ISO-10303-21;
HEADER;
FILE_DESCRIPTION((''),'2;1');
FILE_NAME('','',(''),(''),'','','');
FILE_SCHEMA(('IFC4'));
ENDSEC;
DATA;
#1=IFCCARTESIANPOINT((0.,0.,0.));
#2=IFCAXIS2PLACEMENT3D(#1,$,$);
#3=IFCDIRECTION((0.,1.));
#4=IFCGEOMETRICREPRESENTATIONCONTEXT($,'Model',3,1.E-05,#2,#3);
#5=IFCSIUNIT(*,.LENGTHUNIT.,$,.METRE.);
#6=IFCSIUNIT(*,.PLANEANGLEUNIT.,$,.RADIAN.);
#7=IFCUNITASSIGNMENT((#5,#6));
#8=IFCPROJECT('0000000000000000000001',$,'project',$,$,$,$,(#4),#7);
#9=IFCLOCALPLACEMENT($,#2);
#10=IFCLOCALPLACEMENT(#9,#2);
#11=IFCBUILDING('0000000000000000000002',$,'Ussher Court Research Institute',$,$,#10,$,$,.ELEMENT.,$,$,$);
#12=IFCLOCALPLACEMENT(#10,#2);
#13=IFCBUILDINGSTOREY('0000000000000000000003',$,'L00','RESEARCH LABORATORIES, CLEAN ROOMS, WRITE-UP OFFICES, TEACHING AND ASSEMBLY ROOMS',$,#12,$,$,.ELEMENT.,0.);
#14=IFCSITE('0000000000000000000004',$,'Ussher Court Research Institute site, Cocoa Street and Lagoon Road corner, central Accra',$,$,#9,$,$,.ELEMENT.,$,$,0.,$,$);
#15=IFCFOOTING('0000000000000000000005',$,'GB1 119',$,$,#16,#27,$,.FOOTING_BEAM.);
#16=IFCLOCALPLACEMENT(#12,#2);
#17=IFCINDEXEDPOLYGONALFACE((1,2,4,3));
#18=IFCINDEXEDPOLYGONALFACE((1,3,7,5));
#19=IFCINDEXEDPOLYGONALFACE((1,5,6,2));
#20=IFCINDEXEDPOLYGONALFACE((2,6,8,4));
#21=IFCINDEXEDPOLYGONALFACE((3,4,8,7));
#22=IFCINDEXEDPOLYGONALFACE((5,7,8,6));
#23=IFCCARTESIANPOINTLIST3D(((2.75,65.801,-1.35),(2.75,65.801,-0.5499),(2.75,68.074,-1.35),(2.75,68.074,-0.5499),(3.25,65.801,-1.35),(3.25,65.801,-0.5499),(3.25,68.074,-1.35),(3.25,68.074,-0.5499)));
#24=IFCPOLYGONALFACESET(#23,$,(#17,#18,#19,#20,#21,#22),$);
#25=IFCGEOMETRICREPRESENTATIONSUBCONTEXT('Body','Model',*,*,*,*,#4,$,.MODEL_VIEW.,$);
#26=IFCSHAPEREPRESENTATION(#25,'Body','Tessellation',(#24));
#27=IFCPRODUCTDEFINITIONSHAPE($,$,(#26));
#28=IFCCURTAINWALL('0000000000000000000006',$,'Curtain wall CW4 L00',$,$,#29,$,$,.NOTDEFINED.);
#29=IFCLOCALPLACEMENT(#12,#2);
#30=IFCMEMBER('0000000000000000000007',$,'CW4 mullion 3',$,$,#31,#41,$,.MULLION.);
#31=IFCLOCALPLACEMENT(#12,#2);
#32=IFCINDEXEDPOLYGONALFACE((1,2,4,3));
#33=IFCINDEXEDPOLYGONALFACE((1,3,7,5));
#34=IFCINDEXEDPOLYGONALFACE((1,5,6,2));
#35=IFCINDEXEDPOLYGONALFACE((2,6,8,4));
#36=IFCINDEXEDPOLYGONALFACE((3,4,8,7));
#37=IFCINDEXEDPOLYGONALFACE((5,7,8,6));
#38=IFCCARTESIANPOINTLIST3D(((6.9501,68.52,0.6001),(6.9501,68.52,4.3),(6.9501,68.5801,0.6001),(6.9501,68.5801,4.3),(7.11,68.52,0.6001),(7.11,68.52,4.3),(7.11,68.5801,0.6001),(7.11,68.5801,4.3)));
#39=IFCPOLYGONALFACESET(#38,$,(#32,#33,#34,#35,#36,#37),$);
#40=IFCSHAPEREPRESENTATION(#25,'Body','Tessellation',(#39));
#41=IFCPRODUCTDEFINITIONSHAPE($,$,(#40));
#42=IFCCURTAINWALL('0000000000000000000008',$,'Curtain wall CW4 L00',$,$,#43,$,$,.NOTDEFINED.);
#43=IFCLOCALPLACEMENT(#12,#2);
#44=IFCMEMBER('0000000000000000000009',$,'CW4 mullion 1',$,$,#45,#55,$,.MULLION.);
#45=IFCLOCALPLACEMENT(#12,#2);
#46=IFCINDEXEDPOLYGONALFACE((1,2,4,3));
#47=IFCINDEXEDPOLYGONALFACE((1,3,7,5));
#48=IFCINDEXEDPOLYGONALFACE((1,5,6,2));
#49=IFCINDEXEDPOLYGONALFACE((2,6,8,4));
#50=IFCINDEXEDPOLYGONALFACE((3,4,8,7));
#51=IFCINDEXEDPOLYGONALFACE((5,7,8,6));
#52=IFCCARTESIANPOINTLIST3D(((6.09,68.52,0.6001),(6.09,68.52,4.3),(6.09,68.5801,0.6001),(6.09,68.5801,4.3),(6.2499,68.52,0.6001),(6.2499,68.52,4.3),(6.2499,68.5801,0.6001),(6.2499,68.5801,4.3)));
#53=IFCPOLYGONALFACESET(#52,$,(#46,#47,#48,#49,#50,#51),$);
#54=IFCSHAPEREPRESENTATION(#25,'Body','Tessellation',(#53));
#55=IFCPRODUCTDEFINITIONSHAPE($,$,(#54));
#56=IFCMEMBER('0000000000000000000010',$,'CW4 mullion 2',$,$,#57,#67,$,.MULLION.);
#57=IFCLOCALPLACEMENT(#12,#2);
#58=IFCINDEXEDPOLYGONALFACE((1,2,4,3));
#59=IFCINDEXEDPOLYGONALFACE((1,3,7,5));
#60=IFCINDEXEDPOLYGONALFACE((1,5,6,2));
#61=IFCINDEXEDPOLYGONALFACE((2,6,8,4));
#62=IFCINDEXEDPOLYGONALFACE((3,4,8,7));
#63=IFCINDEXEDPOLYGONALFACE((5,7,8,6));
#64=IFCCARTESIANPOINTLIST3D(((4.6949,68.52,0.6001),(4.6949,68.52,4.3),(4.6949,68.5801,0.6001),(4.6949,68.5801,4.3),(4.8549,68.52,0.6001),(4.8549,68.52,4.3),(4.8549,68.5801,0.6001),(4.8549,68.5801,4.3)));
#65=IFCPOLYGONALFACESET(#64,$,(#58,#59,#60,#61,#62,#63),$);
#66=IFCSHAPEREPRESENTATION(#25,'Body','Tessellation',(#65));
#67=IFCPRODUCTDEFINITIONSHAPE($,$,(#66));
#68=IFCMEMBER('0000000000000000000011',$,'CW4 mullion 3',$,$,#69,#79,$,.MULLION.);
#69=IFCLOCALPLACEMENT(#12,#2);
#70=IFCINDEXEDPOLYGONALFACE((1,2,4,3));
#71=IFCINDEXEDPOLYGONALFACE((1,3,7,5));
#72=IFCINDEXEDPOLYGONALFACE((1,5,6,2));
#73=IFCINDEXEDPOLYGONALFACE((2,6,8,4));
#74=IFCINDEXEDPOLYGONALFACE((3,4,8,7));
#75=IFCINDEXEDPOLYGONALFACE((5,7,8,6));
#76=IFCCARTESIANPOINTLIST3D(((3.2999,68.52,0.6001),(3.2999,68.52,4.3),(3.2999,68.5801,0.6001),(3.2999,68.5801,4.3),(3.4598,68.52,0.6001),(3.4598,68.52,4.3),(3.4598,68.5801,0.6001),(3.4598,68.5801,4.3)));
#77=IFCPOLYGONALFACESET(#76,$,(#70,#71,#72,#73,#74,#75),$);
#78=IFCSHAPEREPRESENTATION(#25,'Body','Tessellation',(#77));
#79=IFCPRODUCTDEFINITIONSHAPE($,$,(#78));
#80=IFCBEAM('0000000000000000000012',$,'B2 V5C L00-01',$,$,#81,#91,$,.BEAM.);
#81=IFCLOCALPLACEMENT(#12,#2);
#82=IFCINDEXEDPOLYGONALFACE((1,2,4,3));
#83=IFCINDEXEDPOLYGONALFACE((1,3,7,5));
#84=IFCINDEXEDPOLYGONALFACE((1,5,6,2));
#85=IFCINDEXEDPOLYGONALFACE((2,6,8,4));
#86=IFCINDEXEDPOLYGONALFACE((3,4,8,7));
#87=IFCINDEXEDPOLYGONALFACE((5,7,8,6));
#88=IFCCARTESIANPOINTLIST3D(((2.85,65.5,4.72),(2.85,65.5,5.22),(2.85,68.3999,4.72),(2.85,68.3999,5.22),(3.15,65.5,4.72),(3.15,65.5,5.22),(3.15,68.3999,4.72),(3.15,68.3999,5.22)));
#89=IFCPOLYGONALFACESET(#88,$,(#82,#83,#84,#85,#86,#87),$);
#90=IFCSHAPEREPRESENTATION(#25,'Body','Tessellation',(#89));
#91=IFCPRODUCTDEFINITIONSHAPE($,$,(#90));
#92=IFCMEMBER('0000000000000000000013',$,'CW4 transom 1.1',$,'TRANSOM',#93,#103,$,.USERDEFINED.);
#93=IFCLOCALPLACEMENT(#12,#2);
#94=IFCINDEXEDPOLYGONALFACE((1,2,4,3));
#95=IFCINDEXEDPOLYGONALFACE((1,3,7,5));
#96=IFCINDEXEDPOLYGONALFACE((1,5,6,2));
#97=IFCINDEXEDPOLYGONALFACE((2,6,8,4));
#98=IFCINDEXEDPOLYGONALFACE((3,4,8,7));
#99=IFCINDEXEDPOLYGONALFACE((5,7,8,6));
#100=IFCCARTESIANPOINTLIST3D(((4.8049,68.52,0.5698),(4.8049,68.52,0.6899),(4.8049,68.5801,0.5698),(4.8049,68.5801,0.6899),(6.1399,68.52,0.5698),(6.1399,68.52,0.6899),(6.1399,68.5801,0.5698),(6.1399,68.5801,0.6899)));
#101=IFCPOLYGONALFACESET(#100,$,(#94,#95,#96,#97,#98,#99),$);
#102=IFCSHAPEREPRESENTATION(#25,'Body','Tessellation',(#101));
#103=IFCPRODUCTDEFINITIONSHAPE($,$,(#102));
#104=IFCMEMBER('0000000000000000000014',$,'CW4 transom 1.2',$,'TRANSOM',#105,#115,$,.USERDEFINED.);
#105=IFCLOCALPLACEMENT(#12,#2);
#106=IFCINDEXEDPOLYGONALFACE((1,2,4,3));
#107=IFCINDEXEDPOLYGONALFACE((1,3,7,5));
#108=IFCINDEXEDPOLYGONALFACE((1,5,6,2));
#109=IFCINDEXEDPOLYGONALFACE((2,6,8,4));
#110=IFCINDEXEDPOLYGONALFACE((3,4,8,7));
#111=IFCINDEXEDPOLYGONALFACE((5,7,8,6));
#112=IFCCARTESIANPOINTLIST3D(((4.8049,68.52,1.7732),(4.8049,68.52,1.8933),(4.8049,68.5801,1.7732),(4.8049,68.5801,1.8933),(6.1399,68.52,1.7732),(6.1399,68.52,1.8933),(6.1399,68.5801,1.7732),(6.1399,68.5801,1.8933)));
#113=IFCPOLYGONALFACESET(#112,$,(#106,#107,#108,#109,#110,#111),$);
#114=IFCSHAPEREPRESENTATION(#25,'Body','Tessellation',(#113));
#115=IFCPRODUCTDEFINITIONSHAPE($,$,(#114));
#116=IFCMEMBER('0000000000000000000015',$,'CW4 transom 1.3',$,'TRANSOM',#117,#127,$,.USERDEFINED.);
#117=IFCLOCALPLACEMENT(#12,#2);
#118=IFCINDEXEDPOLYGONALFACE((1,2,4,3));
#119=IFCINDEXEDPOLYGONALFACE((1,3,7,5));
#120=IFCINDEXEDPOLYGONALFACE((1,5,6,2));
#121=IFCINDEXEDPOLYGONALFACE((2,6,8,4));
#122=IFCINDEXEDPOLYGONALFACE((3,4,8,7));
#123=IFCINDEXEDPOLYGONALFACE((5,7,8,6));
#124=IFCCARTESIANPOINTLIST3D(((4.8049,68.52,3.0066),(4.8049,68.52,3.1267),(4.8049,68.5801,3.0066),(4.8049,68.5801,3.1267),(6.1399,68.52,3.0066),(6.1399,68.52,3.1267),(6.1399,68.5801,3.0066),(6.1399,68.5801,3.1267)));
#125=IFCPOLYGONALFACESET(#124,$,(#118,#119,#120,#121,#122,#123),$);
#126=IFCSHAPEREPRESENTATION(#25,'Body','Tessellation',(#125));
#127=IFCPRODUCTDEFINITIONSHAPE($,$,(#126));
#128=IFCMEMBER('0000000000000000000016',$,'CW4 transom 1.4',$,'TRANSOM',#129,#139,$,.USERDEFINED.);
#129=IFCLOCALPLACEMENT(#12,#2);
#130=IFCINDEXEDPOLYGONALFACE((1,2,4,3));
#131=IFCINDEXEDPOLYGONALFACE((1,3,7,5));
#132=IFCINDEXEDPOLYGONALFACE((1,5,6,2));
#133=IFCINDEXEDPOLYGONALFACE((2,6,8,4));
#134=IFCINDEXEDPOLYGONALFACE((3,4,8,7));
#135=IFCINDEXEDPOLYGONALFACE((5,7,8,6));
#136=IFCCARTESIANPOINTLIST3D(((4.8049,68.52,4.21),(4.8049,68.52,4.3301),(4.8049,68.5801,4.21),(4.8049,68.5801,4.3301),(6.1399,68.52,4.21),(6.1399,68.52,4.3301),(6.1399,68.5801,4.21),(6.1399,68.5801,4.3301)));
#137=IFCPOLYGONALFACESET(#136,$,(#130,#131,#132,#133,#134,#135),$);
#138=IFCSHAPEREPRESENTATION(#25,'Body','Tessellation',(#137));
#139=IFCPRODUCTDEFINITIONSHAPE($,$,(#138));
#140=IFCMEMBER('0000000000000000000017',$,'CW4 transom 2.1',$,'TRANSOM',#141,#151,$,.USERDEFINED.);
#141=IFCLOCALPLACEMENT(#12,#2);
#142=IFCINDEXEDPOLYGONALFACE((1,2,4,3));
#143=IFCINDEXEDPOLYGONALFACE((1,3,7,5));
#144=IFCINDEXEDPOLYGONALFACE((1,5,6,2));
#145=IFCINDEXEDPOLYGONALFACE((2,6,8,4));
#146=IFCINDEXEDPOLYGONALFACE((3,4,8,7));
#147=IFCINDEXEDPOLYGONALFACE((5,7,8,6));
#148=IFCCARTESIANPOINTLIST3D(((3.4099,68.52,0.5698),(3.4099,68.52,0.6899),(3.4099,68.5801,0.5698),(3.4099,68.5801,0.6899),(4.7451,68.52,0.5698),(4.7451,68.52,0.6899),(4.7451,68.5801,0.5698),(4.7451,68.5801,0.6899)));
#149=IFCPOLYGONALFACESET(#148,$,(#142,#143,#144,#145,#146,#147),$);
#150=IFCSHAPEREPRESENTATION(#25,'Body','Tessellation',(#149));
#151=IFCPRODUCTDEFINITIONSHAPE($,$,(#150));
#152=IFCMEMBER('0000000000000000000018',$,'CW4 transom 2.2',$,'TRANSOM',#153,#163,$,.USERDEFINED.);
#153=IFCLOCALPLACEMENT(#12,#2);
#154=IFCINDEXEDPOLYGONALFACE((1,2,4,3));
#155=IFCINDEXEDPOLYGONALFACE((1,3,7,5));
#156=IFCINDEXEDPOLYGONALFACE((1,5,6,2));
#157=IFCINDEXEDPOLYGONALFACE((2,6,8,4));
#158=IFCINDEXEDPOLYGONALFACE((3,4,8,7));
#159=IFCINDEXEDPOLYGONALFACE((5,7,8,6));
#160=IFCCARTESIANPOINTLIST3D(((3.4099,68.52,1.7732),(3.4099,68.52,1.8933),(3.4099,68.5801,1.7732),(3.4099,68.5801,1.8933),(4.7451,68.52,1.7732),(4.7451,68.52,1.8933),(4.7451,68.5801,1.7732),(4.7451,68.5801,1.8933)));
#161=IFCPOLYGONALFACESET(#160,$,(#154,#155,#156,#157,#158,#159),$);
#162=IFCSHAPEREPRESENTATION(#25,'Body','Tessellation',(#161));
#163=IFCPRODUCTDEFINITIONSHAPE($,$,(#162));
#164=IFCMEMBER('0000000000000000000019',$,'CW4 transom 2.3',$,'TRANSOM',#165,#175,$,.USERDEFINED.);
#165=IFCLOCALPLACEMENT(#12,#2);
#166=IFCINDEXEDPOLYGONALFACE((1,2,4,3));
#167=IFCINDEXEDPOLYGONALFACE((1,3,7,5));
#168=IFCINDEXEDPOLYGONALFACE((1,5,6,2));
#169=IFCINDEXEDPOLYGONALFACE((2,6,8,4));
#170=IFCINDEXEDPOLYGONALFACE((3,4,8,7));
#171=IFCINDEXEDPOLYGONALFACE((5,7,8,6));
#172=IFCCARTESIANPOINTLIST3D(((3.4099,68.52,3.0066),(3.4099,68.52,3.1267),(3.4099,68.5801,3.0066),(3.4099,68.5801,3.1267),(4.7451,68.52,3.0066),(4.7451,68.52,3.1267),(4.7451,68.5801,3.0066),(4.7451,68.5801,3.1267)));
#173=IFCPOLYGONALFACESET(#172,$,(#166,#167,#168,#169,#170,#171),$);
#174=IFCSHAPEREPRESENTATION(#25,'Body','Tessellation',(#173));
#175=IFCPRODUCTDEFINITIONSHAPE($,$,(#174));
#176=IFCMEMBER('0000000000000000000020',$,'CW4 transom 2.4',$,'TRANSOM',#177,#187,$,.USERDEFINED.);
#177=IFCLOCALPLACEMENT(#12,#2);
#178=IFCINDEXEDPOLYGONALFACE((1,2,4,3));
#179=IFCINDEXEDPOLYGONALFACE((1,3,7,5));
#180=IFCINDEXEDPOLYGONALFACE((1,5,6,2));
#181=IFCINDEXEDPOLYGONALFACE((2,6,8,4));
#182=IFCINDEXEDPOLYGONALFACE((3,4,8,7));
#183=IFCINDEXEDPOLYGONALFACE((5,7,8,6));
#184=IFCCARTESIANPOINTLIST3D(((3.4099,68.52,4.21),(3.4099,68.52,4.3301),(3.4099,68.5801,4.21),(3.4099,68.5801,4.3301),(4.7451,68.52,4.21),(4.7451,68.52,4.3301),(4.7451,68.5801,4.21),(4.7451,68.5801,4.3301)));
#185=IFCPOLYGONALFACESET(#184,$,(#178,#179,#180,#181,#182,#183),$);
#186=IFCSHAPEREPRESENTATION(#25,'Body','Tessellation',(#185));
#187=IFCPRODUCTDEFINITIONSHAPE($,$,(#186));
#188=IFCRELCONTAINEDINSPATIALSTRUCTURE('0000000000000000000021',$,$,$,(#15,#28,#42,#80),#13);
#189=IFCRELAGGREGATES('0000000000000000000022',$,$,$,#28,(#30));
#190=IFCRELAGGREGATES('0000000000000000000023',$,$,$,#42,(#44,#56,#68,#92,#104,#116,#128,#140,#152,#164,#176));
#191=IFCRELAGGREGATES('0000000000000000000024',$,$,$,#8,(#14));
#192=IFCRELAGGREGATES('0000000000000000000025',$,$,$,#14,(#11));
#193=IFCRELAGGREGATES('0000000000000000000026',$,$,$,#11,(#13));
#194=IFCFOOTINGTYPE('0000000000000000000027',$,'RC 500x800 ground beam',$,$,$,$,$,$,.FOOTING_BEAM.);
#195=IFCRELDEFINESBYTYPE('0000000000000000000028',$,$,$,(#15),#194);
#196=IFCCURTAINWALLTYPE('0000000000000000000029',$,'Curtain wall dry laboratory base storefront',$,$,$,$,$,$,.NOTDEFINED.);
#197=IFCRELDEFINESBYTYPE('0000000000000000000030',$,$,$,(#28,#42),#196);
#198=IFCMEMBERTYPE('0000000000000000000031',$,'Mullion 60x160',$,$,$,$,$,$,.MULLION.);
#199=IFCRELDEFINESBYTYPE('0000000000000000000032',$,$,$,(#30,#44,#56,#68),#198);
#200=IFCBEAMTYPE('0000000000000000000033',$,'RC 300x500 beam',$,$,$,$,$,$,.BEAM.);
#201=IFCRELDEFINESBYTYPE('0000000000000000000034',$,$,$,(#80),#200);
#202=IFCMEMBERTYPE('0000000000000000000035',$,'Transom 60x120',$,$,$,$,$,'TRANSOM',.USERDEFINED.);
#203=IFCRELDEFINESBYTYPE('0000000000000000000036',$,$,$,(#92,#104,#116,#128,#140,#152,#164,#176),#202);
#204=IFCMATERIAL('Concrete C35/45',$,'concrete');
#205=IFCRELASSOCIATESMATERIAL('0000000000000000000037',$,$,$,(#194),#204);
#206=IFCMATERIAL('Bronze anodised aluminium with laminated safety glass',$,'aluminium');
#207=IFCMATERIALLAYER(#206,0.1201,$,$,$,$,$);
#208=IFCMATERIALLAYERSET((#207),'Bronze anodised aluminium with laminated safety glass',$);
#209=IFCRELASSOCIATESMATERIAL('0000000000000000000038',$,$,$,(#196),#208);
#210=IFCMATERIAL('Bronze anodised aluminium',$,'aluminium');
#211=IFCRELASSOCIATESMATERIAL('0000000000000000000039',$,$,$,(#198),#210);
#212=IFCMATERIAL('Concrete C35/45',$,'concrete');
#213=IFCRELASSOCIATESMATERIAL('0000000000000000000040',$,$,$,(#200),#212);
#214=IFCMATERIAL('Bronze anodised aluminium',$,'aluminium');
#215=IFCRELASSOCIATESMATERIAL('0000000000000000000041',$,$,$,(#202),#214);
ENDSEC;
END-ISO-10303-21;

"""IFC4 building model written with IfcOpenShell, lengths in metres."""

from ifc_helpers import new_model, si_unit, direction, frame, origin, origin_2d, place, context, subcontext, project, spatial, rectangle, extrude, material, layer, layer_set, material_profile, profile_set, type_object, element, aggregate, save


model = new_model("IFC4")

# Units and contexts
model_context = context("Model", 3, precision=1e-05, world=origin(), true_north=direction((0.0, 1.0)))
body_context = subcontext(model_context, "Body", "Model", "MODEL_VIEW")
ifc_project = project(units=[si_unit("LENGTHUNIT", "METRE"), si_unit("PLANEANGLEUNIT", "RADIAN")], contexts=[model_context])

# Site, building, storey
site_placement = place(None, origin())
site = spatial("IfcSite", under=ifc_project, at=site_placement, Name="Ussher Court Research Institute site, Cocoa Street and Lagoon Road corner, central Accra", CompositionType="ELEMENT", RefElevation=0.0)
building_placement = place(site_placement, origin())
building = spatial("IfcBuilding", under=site, at=building_placement, Name="Ussher Court Research Institute", CompositionType="ELEMENT")
storey_placement = place(building_placement, origin())
storey = spatial("IfcBuildingStorey", under=building, at=storey_placement, Name="L00", Description="RESEARCH LABORATORIES, CLEAN ROOMS, WRITE-UP OFFICES, TEACHING AND ASSEMBLY ROOMS", CompositionType="ELEMENT", Elevation=0.0)

# Footing
ifc_material_1 = material(Name="Concrete C35/45", Category="concrete")
ifc_material_profile_1 = material_profile(ifc_material_1, rectangle(XDim=0.5, YDim=0.8, at=origin_2d()), Name="RC 500x800")
ifc_profile_set_1 = profile_set([ifc_material_profile_1], Name="Concrete C35/45")
footing_type = type_object("IfcFootingType", Name="RC 500x800 ground beam", PredefinedType="FOOTING_BEAM", material=ifc_profile_set_1)
footing_placement = place(storey_placement, frame((3.0, 65.801, -0.95), z_axis=(0.0, 1.0, 0.0), x_axis=(-1.0, 0.0, 0.0)))
element("IfcFooting", 1, at=footing_placement, inside=storey, type_object=footing_type, Name="GB1 119", PredefinedType="FOOTING_BEAM", context=body_context, shape_type="SweptSolid", body=[
    extrude(rectangle(XDim=0.5, YDim=0.8, at=origin_2d()), origin(), (0.0, 0.0, 1.0), 2.2729),
])

# Curtain wall, member
ifc_material_2 = material(Name="Bronze anodised aluminium with laminated safety glass", Category="aluminium")
ifc_layer_1 = layer(ifc_material_2, 0.1201)
ifc_layer_set_1 = layer_set([ifc_layer_1], Name="Bronze anodised aluminium with laminated safety glass")
curtain_wall_type = type_object("IfcCurtainWallType", Name="Curtain wall dry laboratory base storefront", PredefinedType="NOTDEFINED", material=ifc_layer_set_1)
curtain_wall_1_placement = place(storey_placement, origin())
curtain_wall_1 = element("IfcCurtainWall", 2, at=curtain_wall_1_placement, inside=storey, type_object=curtain_wall_type, Name="Curtain wall CW4 L00", PredefinedType="NOTDEFINED")
ifc_material_3 = material(Name="Bronze anodised aluminium", Category="aluminium")
ifc_material_profile_2 = material_profile(ifc_material_3, rectangle(XDim=0.0601, YDim=0.1599, at=origin_2d()), Name="Mullion 60x160")
ifc_profile_set_2 = profile_set([ifc_material_profile_2], Name="Bronze anodised aluminium")
member_type_1 = type_object("IfcMemberType", Name="Mullion 60x160", PredefinedType="MULLION", material=ifc_profile_set_2)
member_1_placement = place(storey_placement, frame((7.03, 68.55, 0.6001), z_axis=(0.0, 0.0, 1.0), x_axis=(0.0, -1.0, 0.0)))
member_1 = element("IfcMember", 3, at=member_1_placement, type_object=member_type_1, Name="CW4 mullion 3", PredefinedType="MULLION", context=body_context, shape_type="SweptSolid", body=[
    extrude(rectangle(XDim=0.0601, YDim=0.1599, at=origin_2d()), origin(), (0.0, 0.0, 1.0), 3.7),
])

# Curtain wall, members
curtain_wall_2_placement = place(storey_placement, origin())
curtain_wall_2 = element("IfcCurtainWall", 4, at=curtain_wall_2_placement, inside=storey, type_object=curtain_wall_type, Name="Curtain wall CW4 L00", PredefinedType="NOTDEFINED")
member_2_placement = place(storey_placement, frame((6.1699, 68.55, 0.6001), z_axis=(0.0, 0.0, 1.0), x_axis=(0.0, -1.0, 0.0)))
member_2 = element("IfcMember", 5, at=member_2_placement, type_object=member_type_1, Name="CW4 mullion 1", PredefinedType="MULLION", context=body_context, shape_type="SweptSolid", body=[
    extrude(rectangle(XDim=0.0601, YDim=0.1599, at=origin_2d()), origin(), (0.0, 0.0, 1.0), 3.7),
])
member_3_placement = place(storey_placement, frame((4.7749, 68.55, 0.6001), z_axis=(0.0, 0.0, 1.0), x_axis=(0.0, -1.0, 0.0)))
member_3 = element("IfcMember", 6, at=member_3_placement, type_object=member_type_1, Name="CW4 mullion 2", PredefinedType="MULLION", context=body_context, shape_type="SweptSolid", body=[
    extrude(rectangle(XDim=0.0601, YDim=0.1599, at=origin_2d()), origin(), (0.0, 0.0, 1.0), 3.7),
])
member_4_placement = place(storey_placement, frame((3.3799, 68.55, 0.6001), z_axis=(0.0, 0.0, 1.0), x_axis=(0.0, -1.0, 0.0)))
member_4 = element("IfcMember", 7, at=member_4_placement, type_object=member_type_1, Name="CW4 mullion 3", PredefinedType="MULLION", context=body_context, shape_type="SweptSolid", body=[
    extrude(rectangle(XDim=0.0601, YDim=0.1599, at=origin_2d()), origin(), (0.0, 0.0, 1.0), 3.7),
])

# Beam
ifc_material_4 = material(Name="Concrete C35/45", Category="concrete")
ifc_material_profile_3 = material_profile(ifc_material_4, rectangle(XDim=0.3, YDim=0.5, at=origin_2d()), Name="RC 300x500")
ifc_profile_set_3 = profile_set([ifc_material_profile_3], Name="Concrete C35/45")
beam_type = type_object("IfcBeamType", Name="RC 300x500 beam", PredefinedType="BEAM", material=ifc_profile_set_3)
beam_placement = place(storey_placement, frame((3.0, 65.5, 4.97), z_axis=(0.0, 1.0, 0.0), x_axis=(-1.0, 0.0, 0.0)))
element("IfcBeam", 8, at=beam_placement, inside=storey, type_object=beam_type, Name="B2 V5C L00-01", PredefinedType="BEAM", context=body_context, shape_type="SweptSolid", body=[
    extrude(rectangle(XDim=0.3, YDim=0.5, at=origin_2d()), origin(), (0.0, 0.0, 1.0), 2.8999),
])

# Members
ifc_material_5 = material(Name="Bronze anodised aluminium", Category="aluminium")
ifc_material_profile_4 = material_profile(ifc_material_5, rectangle(XDim=0.0601, YDim=0.1201, at=origin_2d()), Name="Transom 60x120")
ifc_profile_set_4 = profile_set([ifc_material_profile_4], Name="Bronze anodised aluminium")
member_type_2 = type_object("IfcMemberType", Name="Transom 60x120", ElementType="TRANSOM", PredefinedType="USERDEFINED", material=ifc_profile_set_4)
member_5_placement = place(storey_placement, frame((6.1399, 68.55, 0.6299), z_axis=(-1.0, 0.0, 0.0), x_axis=(0.0, -1.0, 0.0)))
member_5 = element("IfcMember", 9, at=member_5_placement, type_object=member_type_2, Name="CW4 transom 1.1", ObjectType="TRANSOM", PredefinedType="USERDEFINED", context=body_context, shape_type="SweptSolid", body=[
    extrude(rectangle(XDim=0.0601, YDim=0.1201, at=origin_2d()), origin(), (0.0, 0.0, 1.0), 1.335),
])
member_6_placement = place(storey_placement, frame((6.1399, 68.55, 1.8333), z_axis=(-1.0, 0.0, 0.0), x_axis=(0.0, -1.0, 0.0)))
member_6 = element("IfcMember", 10, at=member_6_placement, type_object=member_type_2, Name="CW4 transom 1.2", ObjectType="TRANSOM", PredefinedType="USERDEFINED", context=body_context, shape_type="SweptSolid", body=[
    extrude(rectangle(XDim=0.0601, YDim=0.1201, at=origin_2d()), origin(), (0.0, 0.0, 1.0), 1.335),
])
member_7_placement = place(storey_placement, frame((6.1399, 68.55, 3.0667), z_axis=(-1.0, 0.0, 0.0), x_axis=(0.0, -1.0, 0.0)))
member_7 = element("IfcMember", 11, at=member_7_placement, type_object=member_type_2, Name="CW4 transom 1.3", ObjectType="TRANSOM", PredefinedType="USERDEFINED", context=body_context, shape_type="SweptSolid", body=[
    extrude(rectangle(XDim=0.0601, YDim=0.1201, at=origin_2d()), origin(), (0.0, 0.0, 1.0), 1.335),
])
member_8_placement = place(storey_placement, frame((6.1399, 68.55, 4.27), z_axis=(-1.0, 0.0, 0.0), x_axis=(0.0, -1.0, 0.0)))
member_8 = element("IfcMember", 12, at=member_8_placement, type_object=member_type_2, Name="CW4 transom 1.4", ObjectType="TRANSOM", PredefinedType="USERDEFINED", context=body_context, shape_type="SweptSolid", body=[
    extrude(rectangle(XDim=0.0601, YDim=0.1201, at=origin_2d()), origin(), (0.0, 0.0, 1.0), 1.335),
])
member_9_placement = place(storey_placement, frame((4.7451, 68.55, 0.6299), z_axis=(-1.0, 0.0, 0.0), x_axis=(0.0, -1.0, 0.0)))
member_9 = element("IfcMember", 13, at=member_9_placement, type_object=member_type_2, Name="CW4 transom 2.1", ObjectType="TRANSOM", PredefinedType="USERDEFINED", context=body_context, shape_type="SweptSolid", body=[
    extrude(rectangle(XDim=0.0601, YDim=0.1201, at=origin_2d()), origin(), (0.0, 0.0, 1.0), 1.3352),
])
member_10_placement = place(storey_placement, frame((4.7451, 68.55, 1.8333), z_axis=(-1.0, 0.0, 0.0), x_axis=(0.0, -1.0, 0.0)))
member_10 = element("IfcMember", 14, at=member_10_placement, type_object=member_type_2, Name="CW4 transom 2.2", ObjectType="TRANSOM", PredefinedType="USERDEFINED", context=body_context, shape_type="SweptSolid", body=[
    extrude(rectangle(XDim=0.0601, YDim=0.1201, at=origin_2d()), origin(), (0.0, 0.0, 1.0), 1.3352),
])
member_11_placement = place(storey_placement, frame((4.7451, 68.55, 3.0667), z_axis=(-1.0, 0.0, 0.0), x_axis=(0.0, -1.0, 0.0)))
member_11 = element("IfcMember", 15, at=member_11_placement, type_object=member_type_2, Name="CW4 transom 2.3", ObjectType="TRANSOM", PredefinedType="USERDEFINED", context=body_context, shape_type="SweptSolid", body=[
    extrude(rectangle(XDim=0.0601, YDim=0.1201, at=origin_2d()), origin(), (0.0, 0.0, 1.0), 1.3352),
])
member_12_placement = place(storey_placement, frame((4.7451, 68.55, 4.27), z_axis=(-1.0, 0.0, 0.0), x_axis=(0.0, -1.0, 0.0)))
member_12 = element("IfcMember", 16, at=member_12_placement, type_object=member_type_2, Name="CW4 transom 2.4", ObjectType="TRANSOM", PredefinedType="USERDEFINED", context=body_context, shape_type="SweptSolid", body=[
    extrude(rectangle(XDim=0.0601, YDim=0.1201, at=origin_2d()), origin(), (0.0, 0.0, 1.0), 1.3352),
])

aggregate(curtain_wall_1, [member_1])
aggregate(curtain_wall_2, [member_2, member_3, member_4, member_5, member_6, member_7, member_8, member_9, member_10, member_11, member_12])

save(model, "model.ifc")
